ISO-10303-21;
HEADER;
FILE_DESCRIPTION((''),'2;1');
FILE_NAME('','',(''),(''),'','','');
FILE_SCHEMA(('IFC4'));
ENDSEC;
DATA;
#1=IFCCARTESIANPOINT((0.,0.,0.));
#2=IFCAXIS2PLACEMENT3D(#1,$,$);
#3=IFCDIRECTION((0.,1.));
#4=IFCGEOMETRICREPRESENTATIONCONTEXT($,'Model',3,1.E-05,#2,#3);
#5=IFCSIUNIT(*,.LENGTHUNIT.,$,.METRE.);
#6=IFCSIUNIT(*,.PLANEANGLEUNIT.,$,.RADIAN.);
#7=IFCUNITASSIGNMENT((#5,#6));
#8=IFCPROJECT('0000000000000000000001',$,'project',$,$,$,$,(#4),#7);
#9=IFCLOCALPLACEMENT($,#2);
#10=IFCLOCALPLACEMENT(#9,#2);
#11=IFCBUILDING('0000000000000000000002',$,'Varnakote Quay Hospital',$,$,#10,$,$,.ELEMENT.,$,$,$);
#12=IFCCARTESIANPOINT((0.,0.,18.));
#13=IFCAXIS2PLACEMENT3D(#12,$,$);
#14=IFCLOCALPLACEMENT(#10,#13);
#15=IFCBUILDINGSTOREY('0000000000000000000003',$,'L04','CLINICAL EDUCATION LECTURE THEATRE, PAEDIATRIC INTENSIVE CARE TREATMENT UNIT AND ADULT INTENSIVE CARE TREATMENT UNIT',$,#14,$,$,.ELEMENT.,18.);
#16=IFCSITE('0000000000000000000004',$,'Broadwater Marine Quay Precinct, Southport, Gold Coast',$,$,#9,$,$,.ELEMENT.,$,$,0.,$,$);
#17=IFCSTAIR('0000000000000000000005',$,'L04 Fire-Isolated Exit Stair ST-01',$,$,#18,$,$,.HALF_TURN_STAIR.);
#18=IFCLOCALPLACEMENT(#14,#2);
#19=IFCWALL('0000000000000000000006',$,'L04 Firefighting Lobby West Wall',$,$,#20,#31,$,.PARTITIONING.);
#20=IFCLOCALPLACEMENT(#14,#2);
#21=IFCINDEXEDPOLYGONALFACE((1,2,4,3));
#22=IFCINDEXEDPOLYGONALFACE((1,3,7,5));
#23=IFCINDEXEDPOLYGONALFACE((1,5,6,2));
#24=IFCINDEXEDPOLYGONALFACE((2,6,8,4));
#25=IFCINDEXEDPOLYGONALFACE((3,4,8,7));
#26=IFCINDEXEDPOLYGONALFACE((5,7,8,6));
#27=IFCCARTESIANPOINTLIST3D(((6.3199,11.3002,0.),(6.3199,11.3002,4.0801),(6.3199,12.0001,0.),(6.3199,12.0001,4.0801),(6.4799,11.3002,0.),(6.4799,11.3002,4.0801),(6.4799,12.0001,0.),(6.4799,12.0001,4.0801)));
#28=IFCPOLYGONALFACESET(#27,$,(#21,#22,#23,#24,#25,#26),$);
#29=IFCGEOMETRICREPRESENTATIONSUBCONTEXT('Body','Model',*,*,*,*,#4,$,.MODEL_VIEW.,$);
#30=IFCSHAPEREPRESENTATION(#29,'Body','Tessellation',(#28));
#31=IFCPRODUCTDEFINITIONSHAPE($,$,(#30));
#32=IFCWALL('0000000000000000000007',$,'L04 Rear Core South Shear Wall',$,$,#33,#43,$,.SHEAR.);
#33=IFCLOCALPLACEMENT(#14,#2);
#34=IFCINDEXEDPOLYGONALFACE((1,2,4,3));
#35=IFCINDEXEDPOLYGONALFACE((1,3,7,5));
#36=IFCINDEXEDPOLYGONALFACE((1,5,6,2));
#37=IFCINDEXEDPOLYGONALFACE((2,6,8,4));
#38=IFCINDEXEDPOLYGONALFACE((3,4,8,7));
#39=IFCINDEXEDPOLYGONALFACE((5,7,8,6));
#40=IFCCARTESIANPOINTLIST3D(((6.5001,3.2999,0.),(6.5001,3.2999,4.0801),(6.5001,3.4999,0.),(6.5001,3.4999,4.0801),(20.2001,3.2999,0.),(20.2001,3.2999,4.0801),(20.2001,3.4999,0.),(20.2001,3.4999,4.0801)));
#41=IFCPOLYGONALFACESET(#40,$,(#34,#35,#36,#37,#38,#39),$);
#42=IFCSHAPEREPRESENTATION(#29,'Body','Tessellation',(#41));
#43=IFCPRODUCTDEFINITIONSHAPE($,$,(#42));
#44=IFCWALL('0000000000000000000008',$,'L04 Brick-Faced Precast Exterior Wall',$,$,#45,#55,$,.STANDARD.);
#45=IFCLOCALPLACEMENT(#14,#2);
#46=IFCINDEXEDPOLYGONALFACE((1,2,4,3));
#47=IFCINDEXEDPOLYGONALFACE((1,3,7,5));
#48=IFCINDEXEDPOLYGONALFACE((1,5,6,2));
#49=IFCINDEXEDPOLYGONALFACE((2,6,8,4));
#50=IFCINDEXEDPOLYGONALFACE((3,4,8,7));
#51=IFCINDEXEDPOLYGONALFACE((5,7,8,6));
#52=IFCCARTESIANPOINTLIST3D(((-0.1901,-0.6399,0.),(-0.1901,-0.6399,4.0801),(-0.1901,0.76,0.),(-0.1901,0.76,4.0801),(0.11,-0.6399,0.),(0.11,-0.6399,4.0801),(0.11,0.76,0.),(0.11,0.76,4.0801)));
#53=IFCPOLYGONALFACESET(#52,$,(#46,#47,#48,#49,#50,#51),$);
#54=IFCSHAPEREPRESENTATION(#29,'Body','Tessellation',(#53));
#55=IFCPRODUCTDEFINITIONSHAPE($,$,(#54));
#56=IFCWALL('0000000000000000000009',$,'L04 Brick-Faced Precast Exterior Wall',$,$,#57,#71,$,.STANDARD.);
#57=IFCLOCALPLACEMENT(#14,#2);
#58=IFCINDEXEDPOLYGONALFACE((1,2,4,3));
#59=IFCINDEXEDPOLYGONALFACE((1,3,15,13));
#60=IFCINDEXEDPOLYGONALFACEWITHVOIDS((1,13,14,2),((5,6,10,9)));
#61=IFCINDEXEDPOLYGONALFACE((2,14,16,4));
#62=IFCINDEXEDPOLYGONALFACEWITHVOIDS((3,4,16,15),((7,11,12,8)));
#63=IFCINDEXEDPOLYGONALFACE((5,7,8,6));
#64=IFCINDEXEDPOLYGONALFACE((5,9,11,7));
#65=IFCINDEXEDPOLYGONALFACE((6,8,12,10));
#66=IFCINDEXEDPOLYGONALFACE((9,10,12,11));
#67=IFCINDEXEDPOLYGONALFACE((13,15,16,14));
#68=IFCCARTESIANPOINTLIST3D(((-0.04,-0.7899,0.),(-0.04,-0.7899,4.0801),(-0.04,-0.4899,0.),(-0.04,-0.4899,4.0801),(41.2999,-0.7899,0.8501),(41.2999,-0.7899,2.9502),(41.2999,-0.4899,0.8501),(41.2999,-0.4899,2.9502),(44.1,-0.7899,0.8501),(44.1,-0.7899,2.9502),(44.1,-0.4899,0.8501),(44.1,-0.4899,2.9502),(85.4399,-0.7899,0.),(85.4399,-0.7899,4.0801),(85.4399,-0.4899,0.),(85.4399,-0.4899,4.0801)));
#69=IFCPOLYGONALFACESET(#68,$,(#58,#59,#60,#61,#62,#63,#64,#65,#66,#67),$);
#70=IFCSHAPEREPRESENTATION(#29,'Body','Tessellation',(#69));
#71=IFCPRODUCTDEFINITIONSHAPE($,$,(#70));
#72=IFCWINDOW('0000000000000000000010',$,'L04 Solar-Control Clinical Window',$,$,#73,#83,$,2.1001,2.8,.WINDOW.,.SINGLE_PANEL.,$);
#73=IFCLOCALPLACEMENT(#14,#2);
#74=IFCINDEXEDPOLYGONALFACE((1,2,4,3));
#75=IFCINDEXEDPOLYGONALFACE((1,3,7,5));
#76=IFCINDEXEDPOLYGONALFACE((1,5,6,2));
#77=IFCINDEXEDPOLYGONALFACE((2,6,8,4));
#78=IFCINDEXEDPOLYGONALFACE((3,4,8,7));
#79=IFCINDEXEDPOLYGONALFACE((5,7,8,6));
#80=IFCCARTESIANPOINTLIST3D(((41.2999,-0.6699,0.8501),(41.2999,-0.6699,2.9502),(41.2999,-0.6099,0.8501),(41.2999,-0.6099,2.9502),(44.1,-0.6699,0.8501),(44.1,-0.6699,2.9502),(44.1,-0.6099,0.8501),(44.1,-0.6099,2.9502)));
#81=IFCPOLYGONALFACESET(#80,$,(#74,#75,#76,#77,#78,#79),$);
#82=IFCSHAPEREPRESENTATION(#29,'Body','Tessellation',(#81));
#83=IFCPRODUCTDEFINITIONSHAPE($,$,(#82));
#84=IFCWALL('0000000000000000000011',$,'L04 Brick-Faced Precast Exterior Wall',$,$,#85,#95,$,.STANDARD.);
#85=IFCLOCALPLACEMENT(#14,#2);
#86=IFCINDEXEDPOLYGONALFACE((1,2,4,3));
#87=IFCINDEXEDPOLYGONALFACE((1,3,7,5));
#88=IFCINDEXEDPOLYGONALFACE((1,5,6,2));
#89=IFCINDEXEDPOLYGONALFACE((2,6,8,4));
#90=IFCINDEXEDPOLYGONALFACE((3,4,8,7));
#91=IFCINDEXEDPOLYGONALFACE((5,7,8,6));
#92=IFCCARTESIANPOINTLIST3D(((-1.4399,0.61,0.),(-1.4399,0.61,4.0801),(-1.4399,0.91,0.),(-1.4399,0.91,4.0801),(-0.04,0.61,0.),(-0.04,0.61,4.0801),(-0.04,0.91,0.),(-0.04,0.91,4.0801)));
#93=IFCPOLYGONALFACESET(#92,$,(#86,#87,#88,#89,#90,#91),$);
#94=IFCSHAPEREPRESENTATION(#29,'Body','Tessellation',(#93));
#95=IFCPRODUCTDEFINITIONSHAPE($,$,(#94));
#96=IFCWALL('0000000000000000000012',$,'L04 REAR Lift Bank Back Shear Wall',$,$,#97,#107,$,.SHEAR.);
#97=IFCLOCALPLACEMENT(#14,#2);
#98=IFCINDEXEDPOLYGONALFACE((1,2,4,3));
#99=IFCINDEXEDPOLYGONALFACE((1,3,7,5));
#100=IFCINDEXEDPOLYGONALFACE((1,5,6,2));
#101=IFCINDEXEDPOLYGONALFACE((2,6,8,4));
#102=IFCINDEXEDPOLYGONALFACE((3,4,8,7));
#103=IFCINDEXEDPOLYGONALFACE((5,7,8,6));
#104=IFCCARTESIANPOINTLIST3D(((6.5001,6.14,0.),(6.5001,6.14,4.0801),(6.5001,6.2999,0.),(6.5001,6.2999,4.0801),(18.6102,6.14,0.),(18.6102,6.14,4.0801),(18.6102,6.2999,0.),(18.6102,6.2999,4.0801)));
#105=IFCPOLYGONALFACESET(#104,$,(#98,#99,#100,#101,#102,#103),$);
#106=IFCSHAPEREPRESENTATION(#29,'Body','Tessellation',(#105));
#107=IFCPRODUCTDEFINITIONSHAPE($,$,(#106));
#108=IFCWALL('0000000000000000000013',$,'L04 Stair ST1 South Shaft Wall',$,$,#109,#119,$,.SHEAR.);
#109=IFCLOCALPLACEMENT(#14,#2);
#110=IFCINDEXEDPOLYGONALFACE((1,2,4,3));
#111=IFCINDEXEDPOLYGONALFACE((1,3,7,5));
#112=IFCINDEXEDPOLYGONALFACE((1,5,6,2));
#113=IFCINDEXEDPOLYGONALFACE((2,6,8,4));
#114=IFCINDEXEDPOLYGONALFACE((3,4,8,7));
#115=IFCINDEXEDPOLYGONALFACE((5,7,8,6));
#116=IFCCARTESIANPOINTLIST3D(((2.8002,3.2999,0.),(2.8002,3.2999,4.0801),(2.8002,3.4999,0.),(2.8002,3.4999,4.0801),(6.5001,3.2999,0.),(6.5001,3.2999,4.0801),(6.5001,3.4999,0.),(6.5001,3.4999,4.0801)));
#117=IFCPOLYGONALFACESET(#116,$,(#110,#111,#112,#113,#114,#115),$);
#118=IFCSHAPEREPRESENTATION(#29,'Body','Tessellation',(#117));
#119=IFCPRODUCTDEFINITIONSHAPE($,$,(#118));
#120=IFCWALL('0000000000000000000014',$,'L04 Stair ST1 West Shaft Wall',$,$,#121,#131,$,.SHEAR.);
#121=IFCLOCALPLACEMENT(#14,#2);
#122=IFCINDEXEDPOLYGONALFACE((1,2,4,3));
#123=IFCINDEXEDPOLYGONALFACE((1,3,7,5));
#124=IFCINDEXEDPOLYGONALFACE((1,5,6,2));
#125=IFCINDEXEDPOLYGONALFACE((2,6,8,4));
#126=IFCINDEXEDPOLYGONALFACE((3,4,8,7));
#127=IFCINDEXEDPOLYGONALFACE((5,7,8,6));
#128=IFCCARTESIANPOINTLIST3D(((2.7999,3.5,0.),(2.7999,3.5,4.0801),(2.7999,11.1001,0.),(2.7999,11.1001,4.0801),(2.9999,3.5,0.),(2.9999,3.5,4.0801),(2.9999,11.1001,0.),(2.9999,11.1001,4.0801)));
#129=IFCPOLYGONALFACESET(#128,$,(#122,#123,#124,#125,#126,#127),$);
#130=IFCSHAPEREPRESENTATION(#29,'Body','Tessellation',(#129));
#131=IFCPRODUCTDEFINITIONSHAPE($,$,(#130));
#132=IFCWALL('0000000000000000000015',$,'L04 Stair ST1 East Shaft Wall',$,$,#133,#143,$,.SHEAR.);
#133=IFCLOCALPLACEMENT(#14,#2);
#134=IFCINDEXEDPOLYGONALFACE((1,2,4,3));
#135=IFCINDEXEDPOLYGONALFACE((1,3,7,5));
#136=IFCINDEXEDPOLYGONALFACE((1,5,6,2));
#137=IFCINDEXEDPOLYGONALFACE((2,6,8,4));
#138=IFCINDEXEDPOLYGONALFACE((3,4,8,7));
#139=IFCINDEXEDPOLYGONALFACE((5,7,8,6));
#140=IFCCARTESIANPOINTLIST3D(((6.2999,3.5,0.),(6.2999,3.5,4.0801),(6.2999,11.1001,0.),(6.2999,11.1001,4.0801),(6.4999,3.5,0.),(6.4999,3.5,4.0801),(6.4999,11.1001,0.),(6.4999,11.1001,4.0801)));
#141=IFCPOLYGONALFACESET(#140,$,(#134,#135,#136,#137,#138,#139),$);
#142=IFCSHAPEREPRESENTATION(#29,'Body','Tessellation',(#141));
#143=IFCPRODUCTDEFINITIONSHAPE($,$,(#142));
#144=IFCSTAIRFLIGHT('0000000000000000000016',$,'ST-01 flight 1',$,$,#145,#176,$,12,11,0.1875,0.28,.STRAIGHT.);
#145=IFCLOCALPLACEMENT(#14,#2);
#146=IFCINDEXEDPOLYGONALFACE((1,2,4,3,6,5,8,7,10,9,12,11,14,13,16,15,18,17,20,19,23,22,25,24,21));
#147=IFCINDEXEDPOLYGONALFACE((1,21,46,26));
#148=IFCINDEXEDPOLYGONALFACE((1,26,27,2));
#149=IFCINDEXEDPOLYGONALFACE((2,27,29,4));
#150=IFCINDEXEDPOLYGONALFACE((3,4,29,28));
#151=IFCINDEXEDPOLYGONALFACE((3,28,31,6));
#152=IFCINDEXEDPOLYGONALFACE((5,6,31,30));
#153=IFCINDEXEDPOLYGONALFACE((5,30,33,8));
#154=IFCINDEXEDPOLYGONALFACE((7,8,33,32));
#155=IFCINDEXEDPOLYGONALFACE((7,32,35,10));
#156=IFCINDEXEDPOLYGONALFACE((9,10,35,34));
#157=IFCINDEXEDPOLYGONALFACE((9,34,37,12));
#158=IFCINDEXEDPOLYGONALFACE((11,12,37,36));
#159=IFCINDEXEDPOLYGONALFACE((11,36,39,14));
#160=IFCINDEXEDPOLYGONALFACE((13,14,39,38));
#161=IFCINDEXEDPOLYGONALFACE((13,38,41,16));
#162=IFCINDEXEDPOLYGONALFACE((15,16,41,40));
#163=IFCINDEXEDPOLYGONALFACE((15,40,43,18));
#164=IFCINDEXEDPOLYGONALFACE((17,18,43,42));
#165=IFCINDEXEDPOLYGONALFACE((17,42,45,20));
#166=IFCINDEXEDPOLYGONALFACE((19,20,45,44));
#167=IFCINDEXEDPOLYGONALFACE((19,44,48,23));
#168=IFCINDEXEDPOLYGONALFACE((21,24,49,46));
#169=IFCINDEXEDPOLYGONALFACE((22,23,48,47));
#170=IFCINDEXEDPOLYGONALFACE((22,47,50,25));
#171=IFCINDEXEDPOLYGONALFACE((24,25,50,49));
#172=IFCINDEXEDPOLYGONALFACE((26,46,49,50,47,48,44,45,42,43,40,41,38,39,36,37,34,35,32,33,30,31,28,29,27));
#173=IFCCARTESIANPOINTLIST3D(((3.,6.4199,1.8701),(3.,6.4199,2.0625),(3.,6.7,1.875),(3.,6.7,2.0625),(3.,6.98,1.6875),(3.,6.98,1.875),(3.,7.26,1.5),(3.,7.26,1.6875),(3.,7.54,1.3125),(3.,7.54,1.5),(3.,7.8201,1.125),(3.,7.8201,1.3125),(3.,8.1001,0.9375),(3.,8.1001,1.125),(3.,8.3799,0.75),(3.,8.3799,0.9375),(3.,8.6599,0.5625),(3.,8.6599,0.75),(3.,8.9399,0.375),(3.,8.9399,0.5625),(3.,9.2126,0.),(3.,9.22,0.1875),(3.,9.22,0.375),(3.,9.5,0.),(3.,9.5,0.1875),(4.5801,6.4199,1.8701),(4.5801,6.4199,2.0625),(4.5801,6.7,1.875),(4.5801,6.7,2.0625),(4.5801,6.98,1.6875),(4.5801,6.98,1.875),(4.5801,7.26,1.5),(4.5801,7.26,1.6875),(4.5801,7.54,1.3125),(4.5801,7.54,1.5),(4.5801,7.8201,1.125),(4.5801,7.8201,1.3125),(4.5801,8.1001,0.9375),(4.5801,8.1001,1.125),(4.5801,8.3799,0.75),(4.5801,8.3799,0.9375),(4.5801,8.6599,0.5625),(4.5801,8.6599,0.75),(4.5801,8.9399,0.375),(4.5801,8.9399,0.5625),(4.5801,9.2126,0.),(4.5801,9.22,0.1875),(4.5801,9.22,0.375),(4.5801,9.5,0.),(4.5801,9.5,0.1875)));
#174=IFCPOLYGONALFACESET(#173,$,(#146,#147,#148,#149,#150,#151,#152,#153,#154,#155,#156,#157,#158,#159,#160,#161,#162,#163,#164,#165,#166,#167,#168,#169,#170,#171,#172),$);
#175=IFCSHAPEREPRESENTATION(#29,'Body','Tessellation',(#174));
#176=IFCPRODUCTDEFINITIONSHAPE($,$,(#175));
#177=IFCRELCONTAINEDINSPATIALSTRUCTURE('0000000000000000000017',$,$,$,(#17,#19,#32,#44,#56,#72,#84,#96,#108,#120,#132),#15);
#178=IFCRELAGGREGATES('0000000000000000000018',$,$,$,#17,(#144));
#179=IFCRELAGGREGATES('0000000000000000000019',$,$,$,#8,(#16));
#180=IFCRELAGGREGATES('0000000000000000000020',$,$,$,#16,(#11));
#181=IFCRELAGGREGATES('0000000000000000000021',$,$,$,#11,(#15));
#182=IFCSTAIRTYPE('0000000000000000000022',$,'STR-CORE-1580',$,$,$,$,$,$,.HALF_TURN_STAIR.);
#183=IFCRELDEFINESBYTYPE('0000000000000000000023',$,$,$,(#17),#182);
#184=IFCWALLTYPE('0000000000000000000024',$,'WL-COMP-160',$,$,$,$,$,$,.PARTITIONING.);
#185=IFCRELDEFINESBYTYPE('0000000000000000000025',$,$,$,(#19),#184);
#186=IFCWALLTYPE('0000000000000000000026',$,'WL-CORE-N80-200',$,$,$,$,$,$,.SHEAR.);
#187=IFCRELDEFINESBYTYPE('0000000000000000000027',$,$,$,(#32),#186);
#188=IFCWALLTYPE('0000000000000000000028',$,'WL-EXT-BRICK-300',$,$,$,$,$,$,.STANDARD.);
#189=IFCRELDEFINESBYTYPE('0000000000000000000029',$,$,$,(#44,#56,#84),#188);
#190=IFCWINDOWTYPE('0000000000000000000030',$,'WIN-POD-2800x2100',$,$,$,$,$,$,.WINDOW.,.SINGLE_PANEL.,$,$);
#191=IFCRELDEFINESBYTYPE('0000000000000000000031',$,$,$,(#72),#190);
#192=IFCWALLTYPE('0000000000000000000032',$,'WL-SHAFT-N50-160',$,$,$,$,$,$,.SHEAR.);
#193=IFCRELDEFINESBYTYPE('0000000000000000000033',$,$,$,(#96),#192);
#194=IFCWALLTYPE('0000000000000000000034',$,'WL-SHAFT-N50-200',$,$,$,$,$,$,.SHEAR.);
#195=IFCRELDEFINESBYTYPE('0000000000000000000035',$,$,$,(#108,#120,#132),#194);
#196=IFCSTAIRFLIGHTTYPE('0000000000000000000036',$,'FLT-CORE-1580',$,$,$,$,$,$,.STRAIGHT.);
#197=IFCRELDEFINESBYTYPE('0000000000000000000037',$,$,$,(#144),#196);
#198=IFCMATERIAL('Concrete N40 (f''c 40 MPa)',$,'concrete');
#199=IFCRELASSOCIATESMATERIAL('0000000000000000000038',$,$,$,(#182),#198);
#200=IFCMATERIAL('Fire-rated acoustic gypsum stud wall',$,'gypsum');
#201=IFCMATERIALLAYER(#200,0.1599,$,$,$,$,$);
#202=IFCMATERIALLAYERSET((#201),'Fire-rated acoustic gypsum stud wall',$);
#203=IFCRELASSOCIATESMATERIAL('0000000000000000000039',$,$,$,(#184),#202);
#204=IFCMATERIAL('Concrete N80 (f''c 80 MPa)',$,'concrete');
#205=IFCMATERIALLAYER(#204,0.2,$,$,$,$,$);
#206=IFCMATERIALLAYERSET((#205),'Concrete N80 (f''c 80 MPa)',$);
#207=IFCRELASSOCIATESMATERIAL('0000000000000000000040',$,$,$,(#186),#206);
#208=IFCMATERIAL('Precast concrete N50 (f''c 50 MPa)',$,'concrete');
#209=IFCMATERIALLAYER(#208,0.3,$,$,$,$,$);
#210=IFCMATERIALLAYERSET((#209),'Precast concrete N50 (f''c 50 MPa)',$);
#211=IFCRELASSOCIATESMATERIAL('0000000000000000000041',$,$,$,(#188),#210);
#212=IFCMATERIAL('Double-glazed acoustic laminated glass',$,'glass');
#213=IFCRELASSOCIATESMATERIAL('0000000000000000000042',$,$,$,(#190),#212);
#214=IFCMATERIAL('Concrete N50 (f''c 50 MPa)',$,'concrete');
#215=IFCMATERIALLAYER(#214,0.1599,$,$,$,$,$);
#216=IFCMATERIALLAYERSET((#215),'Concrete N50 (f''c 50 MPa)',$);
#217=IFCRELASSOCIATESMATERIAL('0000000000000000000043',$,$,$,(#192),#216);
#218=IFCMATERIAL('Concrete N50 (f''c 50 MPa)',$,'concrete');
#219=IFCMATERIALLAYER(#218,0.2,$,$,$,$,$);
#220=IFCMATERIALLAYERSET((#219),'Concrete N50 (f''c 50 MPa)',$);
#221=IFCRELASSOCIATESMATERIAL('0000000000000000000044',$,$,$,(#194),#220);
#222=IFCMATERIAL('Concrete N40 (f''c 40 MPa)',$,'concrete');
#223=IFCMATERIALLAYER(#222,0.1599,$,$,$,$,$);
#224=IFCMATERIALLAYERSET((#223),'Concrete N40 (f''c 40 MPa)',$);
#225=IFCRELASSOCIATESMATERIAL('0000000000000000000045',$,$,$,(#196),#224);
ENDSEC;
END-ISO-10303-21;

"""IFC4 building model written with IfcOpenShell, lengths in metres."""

from ifc_helpers import new_model, si_unit, direction, frame, frame_2d, origin, place, context, subcontext, project, spatial, polyline, rectangle, outline, extrude, material, layer, layer_set, type_object, element, fill, aggregate, save


model = new_model("IFC4")

# Units and contexts
model_context = context("Model", 3, precision=1e-05, world=origin(), true_north=direction((0.0, 1.0)))
body_context = subcontext(model_context, "Body", "Model", "MODEL_VIEW")
ifc_project = project(units=[si_unit("LENGTHUNIT", "METRE"), si_unit("PLANEANGLEUNIT", "RADIAN")], contexts=[model_context])

# Site, building, storey
site_placement = place(None, origin())
site = spatial("IfcSite", under=ifc_project, at=site_placement, Name="Broadwater Marine Quay Precinct, Southport, Gold Coast", CompositionType="ELEMENT", RefElevation=0.0)
building_placement = place(site_placement, origin())
building = spatial("IfcBuilding", under=site, at=building_placement, Name="Varnakote Quay Hospital", CompositionType="ELEMENT")
storey_placement = place(building_placement, frame((0.0, 0.0, 18.0)))
storey = spatial("IfcBuildingStorey", under=building, at=storey_placement, Name="L04", Description="CLINICAL EDUCATION LECTURE THEATRE, PAEDIATRIC INTENSIVE CARE TREATMENT UNIT AND ADULT INTENSIVE CARE TREATMENT UNIT", CompositionType="ELEMENT", Elevation=18.0)

# Stair
ifc_material_1 = material(Name="Concrete N40 (f'c 40 MPa)", Category="concrete")
stair_type = type_object("IfcStairType", Name="STR-CORE-1580", PredefinedType="HALF_TURN_STAIR", material=ifc_material_1)
stair_1_placement = place(storey_placement, origin())
stair_1 = element("IfcStair", 1, at=stair_1_placement, inside=storey, type_object=stair_type, Name="L04 Fire-Isolated Exit Stair ST-01", PredefinedType="HALF_TURN_STAIR")

# Walls
ifc_material_2 = material(Name="Fire-rated acoustic gypsum stud wall", Category="gypsum")
ifc_layer_1 = layer(ifc_material_2, 0.1599)
ifc_layer_set_1 = layer_set([ifc_layer_1], Name="Fire-rated acoustic gypsum stud wall")
wall_type_1 = type_object("IfcWallType", Name="WL-COMP-160", PredefinedType="PARTITIONING", material=ifc_layer_set_1)
for number, where, z_axis, x_axis, name in (
    (2, (6.3999, 11.3, 0.0), (0.0, 0.0, 1.0), (0.0, 1.0, 0.0), "L04 Firefighting Lobby West Wall"),
):
    element("IfcWall", number, at=place(storey_placement, frame(where, z_axis=z_axis, x_axis=x_axis)), inside=storey, type_object=wall_type_1, Name=name, PredefinedType="PARTITIONING", context=body_context, shape_type="SweptSolid", body=[
        extrude(rectangle(XDim=0.7, YDim=0.1599, at=frame_2d((0.3501, 0.0))), origin(), (0.0, 0.0, 1.0), 4.0801),
    ])
ifc_material_3 = material(Name="Concrete N80 (f'c 80 MPa)", Category="concrete")
ifc_layer_2 = layer(ifc_material_3, 0.2)
ifc_layer_set_2 = layer_set([ifc_layer_2], Name="Concrete N80 (f'c 80 MPa)")
wall_type_2 = type_object("IfcWallType", Name="WL-CORE-N80-200", PredefinedType="SHEAR", material=ifc_layer_set_2)
wall_1_placement = place(storey_placement, frame((6.5, 3.3999, 0.0), z_axis=(0.0, 0.0, 1.0), x_axis=(1.0, 0.0, 0.0)))
element("IfcWall", 3, at=wall_1_placement, inside=storey, type_object=wall_type_2, Name="L04 Rear Core South Shear Wall", PredefinedType="SHEAR", context=body_context, shape_type="SweptSolid", body=[
    extrude(rectangle(XDim=13.7, YDim=0.2, at=frame_2d((6.8501, 0.0))), origin(), (0.0, 0.0, 1.0), 4.0801),
])
ifc_material_4 = material(Name="Precast concrete N50 (f'c 50 MPa)", Category="concrete")
ifc_layer_3 = layer(ifc_material_4, 0.3)
ifc_layer_set_3 = layer_set([ifc_layer_3], Name="Precast concrete N50 (f'c 50 MPa)")
wall_type_3 = type_object("IfcWallType", Name="WL-EXT-BRICK-300", PredefinedType="STANDARD", material=ifc_layer_set_3)
wall_2_placement = place(storey_placement, frame((-0.04, 0.76, 0.0), z_axis=(0.0, 0.0, 1.0), x_axis=(0.0, -1.0, 0.0)))
element("IfcWall", 4, at=wall_2_placement, inside=storey, type_object=wall_type_3, Name="L04 Brick-Faced Precast Exterior Wall", PredefinedType="STANDARD", context=body_context, shape_type="SweptSolid", body=[
    extrude(rectangle(XDim=1.3999, YDim=0.3, at=frame_2d((0.7, 0.0))), origin(), (0.0, 0.0, 1.0), 4.0801),
])

# Wall, opening, window
wall_3_placement = place(storey_placement, frame((-0.04, -0.6399, 0.0), z_axis=(0.0, 0.0, 1.0), x_axis=(1.0, 0.0, 0.0)))
wall_3 = element("IfcWall", 5, at=wall_3_placement, inside=storey, type_object=wall_type_3, Name="L04 Brick-Faced Precast Exterior Wall", PredefinedType="STANDARD", context=body_context, shape_type="SweptSolid", body=[
    extrude(rectangle(XDim=85.48, YDim=0.3, at=frame_2d((42.74, 0.0))), origin(), (0.0, 0.0, 1.0), 4.0801),
])
opening_1_placement = place(wall_3_placement, frame((41.3401, 0.0, 0.8501)))
opening_1 = element("IfcOpeningElement", 6, at=opening_1_placement, cuts=wall_3, PredefinedType="OPENING", context=body_context, shape_type="SweptSolid", body=[
    extrude(rectangle(XDim=2.8, YDim=2.1001, at=frame_2d((1.3999, 1.05))), frame((0.0, 0.1599, 0.0), z_axis=(0.0, -1.0, 0.0), x_axis=(1.0, 0.0, 0.0)), (0.0, 0.0, 1.0), 0.3201),
])
ifc_material_5 = material(Name="Double-glazed acoustic laminated glass", Category="glass")
window_type = type_object("IfcWindowType", Name="WIN-POD-2800x2100", PartitioningType="SINGLE_PANEL", PredefinedType="WINDOW", material=ifc_material_5)
window_placement = place(opening_1_placement, origin())
window = element("IfcWindow", 7, at=window_placement, inside=storey, type_object=window_type, Name="L04 Solar-Control Clinical Window", OverallHeight=2.1001, OverallWidth=2.8, PartitioningType="SINGLE_PANEL", PredefinedType="WINDOW", context=body_context, shape_type="SweptSolid", body=[
    extrude(rectangle(XDim=2.8, YDim=2.1001, at=frame_2d((1.3999, 1.05))), frame((0.0, 0.03, 0.0), z_axis=(0.0, -1.0, 0.0), x_axis=(1.0, 0.0, 0.0)), (0.0, 0.0, 1.0), 0.0601),
])
fill(opening_1, window)

# Walls
wall_4_placement = place(storey_placement, frame((-1.4399, 0.76, 0.0), z_axis=(0.0, 0.0, 1.0), x_axis=(1.0, 0.0, 0.0)))
element("IfcWall", 8, at=wall_4_placement, inside=storey, type_object=wall_type_3, Name="L04 Brick-Faced Precast Exterior Wall", PredefinedType="STANDARD", context=body_context, shape_type="SweptSolid", body=[
    extrude(rectangle(XDim=1.3999, YDim=0.3, at=frame_2d((0.7, 0.0))), origin(), (0.0, 0.0, 1.0), 4.0801),
])
ifc_material_6 = material(Name="Concrete N50 (f'c 50 MPa)", Category="concrete")
ifc_layer_4 = layer(ifc_material_6, 0.1599)
ifc_layer_set_4 = layer_set([ifc_layer_4], Name="Concrete N50 (f'c 50 MPa)")
wall_type_4 = type_object("IfcWallType", Name="WL-SHAFT-N50-160", PredefinedType="SHEAR", material=ifc_layer_set_4)
wall_5_placement = place(storey_placement, frame((6.5, 6.22, 0.0), z_axis=(0.0, 0.0, 1.0), x_axis=(1.0, 0.0, 0.0)))
element("IfcWall", 9, at=wall_5_placement, inside=storey, type_object=wall_type_4, Name="L04 REAR Lift Bank Back Shear Wall", PredefinedType="SHEAR", context=body_context, shape_type="SweptSolid", body=[
    extrude(rectangle(XDim=12.1101, YDim=0.1599, at=frame_2d((6.0552, 0.0))), origin(), (0.0, 0.0, 1.0), 4.0801),
])
ifc_material_7 = material(Name="Concrete N50 (f'c 50 MPa)", Category="concrete")
ifc_layer_5 = layer(ifc_material_7, 0.2)
ifc_layer_set_5 = layer_set([ifc_layer_5], Name="Concrete N50 (f'c 50 MPa)")
wall_type_5 = type_object("IfcWallType", Name="WL-SHAFT-N50-200", PredefinedType="SHEAR", material=ifc_layer_set_5)
wall_6_placement = place(storey_placement, frame((2.8, 3.3999, 0.0), z_axis=(0.0, 0.0, 1.0), x_axis=(1.0, 0.0, 0.0)))
element("IfcWall", 10, at=wall_6_placement, inside=storey, type_object=wall_type_5, Name="L04 Stair ST1 South Shaft Wall", PredefinedType="SHEAR", context=body_context, shape_type="SweptSolid", body=[
    extrude(rectangle(XDim=3.7, YDim=0.2, at=frame_2d((1.8501, 0.0))), origin(), (0.0, 0.0, 1.0), 4.0801),
])
for number, where, z_axis, x_axis, name in (
    (11, (2.8999, 3.5, 0.0), (0.0, 0.0, 1.0), (0.0, 1.0, 0.0), "L04 Stair ST1 West Shaft Wall"),
    (12, (6.3999, 3.5, 0.0), (0.0, 0.0, 1.0), (0.0, 1.0, 0.0), "L04 Stair ST1 East Shaft Wall"),
):
    element("IfcWall", number, at=place(storey_placement, frame(where, z_axis=z_axis, x_axis=x_axis)), inside=storey, type_object=wall_type_5, Name=name, PredefinedType="SHEAR", context=body_context, shape_type="SweptSolid", body=[
        extrude(rectangle(XDim=7.6001, YDim=0.2, at=frame_2d((3.8, 0.0))), origin(), (0.0, 0.0, 1.0), 4.0801),
    ])

# Stair flight
ifc_material_8 = material(Name="Concrete N40 (f'c 40 MPa)", Category="concrete")
ifc_layer_6 = layer(ifc_material_8, 0.1599)
ifc_layer_set_6 = layer_set([ifc_layer_6], Name="Concrete N40 (f'c 40 MPa)")
stair_flight_type = type_object("IfcStairFlightType", Name="FLT-CORE-1580", PredefinedType="STRAIGHT", material=ifc_layer_set_6)
stair_flight_1_placement = place(storey_placement, frame((3.79, 9.5, 0.0), z_axis=(0.0, 0.0, 1.0), x_axis=(0.0, -1.0, 0.0)))
stair_flight_1 = element("IfcStairFlight", 13, at=stair_flight_1_placement, type_object=stair_flight_type, Name="ST-01 flight 1", NumberOfRisers=12, NumberOfTreads=11, PredefinedType="STRAIGHT", RiserHeight=0.1875, TreadLength=0.28, context=body_context, shape_type="SweptSolid", body=[
    extrude(outline(polyline([(0.0, 0.0), (0.0, 0.1875), (0.28, 0.1875), (0.28, 0.375), (0.5601, 0.375), (0.5601, 0.5625), (0.8401, 0.5625), (0.8401, 0.75), (1.1201, 0.75), (1.1201, 0.9375), (1.3999, 0.9375), (1.3999, 1.125), (1.6799, 1.125), (1.6799, 1.3125), (1.96, 1.3125), (1.96, 1.5), (2.24, 1.5), (2.24, 1.6875), (2.52, 1.6875), (2.52, 1.875), (2.8, 1.875), (2.8, 2.0625), (3.0801, 2.0625), (3.0801, 2.25), (3.0801, 1.8701), (0.2874, 0.0), (0.0, 0.0)])), frame((0.0, 0.79, 0.0), z_axis=(0.0, -1.0, 0.0), x_axis=(1.0, 0.0, 0.0)), (0.0, 0.0, 1.0), 1.5801),
])
aggregate(stair_1, [stair_flight_1])

save(model, "model.ifc")
